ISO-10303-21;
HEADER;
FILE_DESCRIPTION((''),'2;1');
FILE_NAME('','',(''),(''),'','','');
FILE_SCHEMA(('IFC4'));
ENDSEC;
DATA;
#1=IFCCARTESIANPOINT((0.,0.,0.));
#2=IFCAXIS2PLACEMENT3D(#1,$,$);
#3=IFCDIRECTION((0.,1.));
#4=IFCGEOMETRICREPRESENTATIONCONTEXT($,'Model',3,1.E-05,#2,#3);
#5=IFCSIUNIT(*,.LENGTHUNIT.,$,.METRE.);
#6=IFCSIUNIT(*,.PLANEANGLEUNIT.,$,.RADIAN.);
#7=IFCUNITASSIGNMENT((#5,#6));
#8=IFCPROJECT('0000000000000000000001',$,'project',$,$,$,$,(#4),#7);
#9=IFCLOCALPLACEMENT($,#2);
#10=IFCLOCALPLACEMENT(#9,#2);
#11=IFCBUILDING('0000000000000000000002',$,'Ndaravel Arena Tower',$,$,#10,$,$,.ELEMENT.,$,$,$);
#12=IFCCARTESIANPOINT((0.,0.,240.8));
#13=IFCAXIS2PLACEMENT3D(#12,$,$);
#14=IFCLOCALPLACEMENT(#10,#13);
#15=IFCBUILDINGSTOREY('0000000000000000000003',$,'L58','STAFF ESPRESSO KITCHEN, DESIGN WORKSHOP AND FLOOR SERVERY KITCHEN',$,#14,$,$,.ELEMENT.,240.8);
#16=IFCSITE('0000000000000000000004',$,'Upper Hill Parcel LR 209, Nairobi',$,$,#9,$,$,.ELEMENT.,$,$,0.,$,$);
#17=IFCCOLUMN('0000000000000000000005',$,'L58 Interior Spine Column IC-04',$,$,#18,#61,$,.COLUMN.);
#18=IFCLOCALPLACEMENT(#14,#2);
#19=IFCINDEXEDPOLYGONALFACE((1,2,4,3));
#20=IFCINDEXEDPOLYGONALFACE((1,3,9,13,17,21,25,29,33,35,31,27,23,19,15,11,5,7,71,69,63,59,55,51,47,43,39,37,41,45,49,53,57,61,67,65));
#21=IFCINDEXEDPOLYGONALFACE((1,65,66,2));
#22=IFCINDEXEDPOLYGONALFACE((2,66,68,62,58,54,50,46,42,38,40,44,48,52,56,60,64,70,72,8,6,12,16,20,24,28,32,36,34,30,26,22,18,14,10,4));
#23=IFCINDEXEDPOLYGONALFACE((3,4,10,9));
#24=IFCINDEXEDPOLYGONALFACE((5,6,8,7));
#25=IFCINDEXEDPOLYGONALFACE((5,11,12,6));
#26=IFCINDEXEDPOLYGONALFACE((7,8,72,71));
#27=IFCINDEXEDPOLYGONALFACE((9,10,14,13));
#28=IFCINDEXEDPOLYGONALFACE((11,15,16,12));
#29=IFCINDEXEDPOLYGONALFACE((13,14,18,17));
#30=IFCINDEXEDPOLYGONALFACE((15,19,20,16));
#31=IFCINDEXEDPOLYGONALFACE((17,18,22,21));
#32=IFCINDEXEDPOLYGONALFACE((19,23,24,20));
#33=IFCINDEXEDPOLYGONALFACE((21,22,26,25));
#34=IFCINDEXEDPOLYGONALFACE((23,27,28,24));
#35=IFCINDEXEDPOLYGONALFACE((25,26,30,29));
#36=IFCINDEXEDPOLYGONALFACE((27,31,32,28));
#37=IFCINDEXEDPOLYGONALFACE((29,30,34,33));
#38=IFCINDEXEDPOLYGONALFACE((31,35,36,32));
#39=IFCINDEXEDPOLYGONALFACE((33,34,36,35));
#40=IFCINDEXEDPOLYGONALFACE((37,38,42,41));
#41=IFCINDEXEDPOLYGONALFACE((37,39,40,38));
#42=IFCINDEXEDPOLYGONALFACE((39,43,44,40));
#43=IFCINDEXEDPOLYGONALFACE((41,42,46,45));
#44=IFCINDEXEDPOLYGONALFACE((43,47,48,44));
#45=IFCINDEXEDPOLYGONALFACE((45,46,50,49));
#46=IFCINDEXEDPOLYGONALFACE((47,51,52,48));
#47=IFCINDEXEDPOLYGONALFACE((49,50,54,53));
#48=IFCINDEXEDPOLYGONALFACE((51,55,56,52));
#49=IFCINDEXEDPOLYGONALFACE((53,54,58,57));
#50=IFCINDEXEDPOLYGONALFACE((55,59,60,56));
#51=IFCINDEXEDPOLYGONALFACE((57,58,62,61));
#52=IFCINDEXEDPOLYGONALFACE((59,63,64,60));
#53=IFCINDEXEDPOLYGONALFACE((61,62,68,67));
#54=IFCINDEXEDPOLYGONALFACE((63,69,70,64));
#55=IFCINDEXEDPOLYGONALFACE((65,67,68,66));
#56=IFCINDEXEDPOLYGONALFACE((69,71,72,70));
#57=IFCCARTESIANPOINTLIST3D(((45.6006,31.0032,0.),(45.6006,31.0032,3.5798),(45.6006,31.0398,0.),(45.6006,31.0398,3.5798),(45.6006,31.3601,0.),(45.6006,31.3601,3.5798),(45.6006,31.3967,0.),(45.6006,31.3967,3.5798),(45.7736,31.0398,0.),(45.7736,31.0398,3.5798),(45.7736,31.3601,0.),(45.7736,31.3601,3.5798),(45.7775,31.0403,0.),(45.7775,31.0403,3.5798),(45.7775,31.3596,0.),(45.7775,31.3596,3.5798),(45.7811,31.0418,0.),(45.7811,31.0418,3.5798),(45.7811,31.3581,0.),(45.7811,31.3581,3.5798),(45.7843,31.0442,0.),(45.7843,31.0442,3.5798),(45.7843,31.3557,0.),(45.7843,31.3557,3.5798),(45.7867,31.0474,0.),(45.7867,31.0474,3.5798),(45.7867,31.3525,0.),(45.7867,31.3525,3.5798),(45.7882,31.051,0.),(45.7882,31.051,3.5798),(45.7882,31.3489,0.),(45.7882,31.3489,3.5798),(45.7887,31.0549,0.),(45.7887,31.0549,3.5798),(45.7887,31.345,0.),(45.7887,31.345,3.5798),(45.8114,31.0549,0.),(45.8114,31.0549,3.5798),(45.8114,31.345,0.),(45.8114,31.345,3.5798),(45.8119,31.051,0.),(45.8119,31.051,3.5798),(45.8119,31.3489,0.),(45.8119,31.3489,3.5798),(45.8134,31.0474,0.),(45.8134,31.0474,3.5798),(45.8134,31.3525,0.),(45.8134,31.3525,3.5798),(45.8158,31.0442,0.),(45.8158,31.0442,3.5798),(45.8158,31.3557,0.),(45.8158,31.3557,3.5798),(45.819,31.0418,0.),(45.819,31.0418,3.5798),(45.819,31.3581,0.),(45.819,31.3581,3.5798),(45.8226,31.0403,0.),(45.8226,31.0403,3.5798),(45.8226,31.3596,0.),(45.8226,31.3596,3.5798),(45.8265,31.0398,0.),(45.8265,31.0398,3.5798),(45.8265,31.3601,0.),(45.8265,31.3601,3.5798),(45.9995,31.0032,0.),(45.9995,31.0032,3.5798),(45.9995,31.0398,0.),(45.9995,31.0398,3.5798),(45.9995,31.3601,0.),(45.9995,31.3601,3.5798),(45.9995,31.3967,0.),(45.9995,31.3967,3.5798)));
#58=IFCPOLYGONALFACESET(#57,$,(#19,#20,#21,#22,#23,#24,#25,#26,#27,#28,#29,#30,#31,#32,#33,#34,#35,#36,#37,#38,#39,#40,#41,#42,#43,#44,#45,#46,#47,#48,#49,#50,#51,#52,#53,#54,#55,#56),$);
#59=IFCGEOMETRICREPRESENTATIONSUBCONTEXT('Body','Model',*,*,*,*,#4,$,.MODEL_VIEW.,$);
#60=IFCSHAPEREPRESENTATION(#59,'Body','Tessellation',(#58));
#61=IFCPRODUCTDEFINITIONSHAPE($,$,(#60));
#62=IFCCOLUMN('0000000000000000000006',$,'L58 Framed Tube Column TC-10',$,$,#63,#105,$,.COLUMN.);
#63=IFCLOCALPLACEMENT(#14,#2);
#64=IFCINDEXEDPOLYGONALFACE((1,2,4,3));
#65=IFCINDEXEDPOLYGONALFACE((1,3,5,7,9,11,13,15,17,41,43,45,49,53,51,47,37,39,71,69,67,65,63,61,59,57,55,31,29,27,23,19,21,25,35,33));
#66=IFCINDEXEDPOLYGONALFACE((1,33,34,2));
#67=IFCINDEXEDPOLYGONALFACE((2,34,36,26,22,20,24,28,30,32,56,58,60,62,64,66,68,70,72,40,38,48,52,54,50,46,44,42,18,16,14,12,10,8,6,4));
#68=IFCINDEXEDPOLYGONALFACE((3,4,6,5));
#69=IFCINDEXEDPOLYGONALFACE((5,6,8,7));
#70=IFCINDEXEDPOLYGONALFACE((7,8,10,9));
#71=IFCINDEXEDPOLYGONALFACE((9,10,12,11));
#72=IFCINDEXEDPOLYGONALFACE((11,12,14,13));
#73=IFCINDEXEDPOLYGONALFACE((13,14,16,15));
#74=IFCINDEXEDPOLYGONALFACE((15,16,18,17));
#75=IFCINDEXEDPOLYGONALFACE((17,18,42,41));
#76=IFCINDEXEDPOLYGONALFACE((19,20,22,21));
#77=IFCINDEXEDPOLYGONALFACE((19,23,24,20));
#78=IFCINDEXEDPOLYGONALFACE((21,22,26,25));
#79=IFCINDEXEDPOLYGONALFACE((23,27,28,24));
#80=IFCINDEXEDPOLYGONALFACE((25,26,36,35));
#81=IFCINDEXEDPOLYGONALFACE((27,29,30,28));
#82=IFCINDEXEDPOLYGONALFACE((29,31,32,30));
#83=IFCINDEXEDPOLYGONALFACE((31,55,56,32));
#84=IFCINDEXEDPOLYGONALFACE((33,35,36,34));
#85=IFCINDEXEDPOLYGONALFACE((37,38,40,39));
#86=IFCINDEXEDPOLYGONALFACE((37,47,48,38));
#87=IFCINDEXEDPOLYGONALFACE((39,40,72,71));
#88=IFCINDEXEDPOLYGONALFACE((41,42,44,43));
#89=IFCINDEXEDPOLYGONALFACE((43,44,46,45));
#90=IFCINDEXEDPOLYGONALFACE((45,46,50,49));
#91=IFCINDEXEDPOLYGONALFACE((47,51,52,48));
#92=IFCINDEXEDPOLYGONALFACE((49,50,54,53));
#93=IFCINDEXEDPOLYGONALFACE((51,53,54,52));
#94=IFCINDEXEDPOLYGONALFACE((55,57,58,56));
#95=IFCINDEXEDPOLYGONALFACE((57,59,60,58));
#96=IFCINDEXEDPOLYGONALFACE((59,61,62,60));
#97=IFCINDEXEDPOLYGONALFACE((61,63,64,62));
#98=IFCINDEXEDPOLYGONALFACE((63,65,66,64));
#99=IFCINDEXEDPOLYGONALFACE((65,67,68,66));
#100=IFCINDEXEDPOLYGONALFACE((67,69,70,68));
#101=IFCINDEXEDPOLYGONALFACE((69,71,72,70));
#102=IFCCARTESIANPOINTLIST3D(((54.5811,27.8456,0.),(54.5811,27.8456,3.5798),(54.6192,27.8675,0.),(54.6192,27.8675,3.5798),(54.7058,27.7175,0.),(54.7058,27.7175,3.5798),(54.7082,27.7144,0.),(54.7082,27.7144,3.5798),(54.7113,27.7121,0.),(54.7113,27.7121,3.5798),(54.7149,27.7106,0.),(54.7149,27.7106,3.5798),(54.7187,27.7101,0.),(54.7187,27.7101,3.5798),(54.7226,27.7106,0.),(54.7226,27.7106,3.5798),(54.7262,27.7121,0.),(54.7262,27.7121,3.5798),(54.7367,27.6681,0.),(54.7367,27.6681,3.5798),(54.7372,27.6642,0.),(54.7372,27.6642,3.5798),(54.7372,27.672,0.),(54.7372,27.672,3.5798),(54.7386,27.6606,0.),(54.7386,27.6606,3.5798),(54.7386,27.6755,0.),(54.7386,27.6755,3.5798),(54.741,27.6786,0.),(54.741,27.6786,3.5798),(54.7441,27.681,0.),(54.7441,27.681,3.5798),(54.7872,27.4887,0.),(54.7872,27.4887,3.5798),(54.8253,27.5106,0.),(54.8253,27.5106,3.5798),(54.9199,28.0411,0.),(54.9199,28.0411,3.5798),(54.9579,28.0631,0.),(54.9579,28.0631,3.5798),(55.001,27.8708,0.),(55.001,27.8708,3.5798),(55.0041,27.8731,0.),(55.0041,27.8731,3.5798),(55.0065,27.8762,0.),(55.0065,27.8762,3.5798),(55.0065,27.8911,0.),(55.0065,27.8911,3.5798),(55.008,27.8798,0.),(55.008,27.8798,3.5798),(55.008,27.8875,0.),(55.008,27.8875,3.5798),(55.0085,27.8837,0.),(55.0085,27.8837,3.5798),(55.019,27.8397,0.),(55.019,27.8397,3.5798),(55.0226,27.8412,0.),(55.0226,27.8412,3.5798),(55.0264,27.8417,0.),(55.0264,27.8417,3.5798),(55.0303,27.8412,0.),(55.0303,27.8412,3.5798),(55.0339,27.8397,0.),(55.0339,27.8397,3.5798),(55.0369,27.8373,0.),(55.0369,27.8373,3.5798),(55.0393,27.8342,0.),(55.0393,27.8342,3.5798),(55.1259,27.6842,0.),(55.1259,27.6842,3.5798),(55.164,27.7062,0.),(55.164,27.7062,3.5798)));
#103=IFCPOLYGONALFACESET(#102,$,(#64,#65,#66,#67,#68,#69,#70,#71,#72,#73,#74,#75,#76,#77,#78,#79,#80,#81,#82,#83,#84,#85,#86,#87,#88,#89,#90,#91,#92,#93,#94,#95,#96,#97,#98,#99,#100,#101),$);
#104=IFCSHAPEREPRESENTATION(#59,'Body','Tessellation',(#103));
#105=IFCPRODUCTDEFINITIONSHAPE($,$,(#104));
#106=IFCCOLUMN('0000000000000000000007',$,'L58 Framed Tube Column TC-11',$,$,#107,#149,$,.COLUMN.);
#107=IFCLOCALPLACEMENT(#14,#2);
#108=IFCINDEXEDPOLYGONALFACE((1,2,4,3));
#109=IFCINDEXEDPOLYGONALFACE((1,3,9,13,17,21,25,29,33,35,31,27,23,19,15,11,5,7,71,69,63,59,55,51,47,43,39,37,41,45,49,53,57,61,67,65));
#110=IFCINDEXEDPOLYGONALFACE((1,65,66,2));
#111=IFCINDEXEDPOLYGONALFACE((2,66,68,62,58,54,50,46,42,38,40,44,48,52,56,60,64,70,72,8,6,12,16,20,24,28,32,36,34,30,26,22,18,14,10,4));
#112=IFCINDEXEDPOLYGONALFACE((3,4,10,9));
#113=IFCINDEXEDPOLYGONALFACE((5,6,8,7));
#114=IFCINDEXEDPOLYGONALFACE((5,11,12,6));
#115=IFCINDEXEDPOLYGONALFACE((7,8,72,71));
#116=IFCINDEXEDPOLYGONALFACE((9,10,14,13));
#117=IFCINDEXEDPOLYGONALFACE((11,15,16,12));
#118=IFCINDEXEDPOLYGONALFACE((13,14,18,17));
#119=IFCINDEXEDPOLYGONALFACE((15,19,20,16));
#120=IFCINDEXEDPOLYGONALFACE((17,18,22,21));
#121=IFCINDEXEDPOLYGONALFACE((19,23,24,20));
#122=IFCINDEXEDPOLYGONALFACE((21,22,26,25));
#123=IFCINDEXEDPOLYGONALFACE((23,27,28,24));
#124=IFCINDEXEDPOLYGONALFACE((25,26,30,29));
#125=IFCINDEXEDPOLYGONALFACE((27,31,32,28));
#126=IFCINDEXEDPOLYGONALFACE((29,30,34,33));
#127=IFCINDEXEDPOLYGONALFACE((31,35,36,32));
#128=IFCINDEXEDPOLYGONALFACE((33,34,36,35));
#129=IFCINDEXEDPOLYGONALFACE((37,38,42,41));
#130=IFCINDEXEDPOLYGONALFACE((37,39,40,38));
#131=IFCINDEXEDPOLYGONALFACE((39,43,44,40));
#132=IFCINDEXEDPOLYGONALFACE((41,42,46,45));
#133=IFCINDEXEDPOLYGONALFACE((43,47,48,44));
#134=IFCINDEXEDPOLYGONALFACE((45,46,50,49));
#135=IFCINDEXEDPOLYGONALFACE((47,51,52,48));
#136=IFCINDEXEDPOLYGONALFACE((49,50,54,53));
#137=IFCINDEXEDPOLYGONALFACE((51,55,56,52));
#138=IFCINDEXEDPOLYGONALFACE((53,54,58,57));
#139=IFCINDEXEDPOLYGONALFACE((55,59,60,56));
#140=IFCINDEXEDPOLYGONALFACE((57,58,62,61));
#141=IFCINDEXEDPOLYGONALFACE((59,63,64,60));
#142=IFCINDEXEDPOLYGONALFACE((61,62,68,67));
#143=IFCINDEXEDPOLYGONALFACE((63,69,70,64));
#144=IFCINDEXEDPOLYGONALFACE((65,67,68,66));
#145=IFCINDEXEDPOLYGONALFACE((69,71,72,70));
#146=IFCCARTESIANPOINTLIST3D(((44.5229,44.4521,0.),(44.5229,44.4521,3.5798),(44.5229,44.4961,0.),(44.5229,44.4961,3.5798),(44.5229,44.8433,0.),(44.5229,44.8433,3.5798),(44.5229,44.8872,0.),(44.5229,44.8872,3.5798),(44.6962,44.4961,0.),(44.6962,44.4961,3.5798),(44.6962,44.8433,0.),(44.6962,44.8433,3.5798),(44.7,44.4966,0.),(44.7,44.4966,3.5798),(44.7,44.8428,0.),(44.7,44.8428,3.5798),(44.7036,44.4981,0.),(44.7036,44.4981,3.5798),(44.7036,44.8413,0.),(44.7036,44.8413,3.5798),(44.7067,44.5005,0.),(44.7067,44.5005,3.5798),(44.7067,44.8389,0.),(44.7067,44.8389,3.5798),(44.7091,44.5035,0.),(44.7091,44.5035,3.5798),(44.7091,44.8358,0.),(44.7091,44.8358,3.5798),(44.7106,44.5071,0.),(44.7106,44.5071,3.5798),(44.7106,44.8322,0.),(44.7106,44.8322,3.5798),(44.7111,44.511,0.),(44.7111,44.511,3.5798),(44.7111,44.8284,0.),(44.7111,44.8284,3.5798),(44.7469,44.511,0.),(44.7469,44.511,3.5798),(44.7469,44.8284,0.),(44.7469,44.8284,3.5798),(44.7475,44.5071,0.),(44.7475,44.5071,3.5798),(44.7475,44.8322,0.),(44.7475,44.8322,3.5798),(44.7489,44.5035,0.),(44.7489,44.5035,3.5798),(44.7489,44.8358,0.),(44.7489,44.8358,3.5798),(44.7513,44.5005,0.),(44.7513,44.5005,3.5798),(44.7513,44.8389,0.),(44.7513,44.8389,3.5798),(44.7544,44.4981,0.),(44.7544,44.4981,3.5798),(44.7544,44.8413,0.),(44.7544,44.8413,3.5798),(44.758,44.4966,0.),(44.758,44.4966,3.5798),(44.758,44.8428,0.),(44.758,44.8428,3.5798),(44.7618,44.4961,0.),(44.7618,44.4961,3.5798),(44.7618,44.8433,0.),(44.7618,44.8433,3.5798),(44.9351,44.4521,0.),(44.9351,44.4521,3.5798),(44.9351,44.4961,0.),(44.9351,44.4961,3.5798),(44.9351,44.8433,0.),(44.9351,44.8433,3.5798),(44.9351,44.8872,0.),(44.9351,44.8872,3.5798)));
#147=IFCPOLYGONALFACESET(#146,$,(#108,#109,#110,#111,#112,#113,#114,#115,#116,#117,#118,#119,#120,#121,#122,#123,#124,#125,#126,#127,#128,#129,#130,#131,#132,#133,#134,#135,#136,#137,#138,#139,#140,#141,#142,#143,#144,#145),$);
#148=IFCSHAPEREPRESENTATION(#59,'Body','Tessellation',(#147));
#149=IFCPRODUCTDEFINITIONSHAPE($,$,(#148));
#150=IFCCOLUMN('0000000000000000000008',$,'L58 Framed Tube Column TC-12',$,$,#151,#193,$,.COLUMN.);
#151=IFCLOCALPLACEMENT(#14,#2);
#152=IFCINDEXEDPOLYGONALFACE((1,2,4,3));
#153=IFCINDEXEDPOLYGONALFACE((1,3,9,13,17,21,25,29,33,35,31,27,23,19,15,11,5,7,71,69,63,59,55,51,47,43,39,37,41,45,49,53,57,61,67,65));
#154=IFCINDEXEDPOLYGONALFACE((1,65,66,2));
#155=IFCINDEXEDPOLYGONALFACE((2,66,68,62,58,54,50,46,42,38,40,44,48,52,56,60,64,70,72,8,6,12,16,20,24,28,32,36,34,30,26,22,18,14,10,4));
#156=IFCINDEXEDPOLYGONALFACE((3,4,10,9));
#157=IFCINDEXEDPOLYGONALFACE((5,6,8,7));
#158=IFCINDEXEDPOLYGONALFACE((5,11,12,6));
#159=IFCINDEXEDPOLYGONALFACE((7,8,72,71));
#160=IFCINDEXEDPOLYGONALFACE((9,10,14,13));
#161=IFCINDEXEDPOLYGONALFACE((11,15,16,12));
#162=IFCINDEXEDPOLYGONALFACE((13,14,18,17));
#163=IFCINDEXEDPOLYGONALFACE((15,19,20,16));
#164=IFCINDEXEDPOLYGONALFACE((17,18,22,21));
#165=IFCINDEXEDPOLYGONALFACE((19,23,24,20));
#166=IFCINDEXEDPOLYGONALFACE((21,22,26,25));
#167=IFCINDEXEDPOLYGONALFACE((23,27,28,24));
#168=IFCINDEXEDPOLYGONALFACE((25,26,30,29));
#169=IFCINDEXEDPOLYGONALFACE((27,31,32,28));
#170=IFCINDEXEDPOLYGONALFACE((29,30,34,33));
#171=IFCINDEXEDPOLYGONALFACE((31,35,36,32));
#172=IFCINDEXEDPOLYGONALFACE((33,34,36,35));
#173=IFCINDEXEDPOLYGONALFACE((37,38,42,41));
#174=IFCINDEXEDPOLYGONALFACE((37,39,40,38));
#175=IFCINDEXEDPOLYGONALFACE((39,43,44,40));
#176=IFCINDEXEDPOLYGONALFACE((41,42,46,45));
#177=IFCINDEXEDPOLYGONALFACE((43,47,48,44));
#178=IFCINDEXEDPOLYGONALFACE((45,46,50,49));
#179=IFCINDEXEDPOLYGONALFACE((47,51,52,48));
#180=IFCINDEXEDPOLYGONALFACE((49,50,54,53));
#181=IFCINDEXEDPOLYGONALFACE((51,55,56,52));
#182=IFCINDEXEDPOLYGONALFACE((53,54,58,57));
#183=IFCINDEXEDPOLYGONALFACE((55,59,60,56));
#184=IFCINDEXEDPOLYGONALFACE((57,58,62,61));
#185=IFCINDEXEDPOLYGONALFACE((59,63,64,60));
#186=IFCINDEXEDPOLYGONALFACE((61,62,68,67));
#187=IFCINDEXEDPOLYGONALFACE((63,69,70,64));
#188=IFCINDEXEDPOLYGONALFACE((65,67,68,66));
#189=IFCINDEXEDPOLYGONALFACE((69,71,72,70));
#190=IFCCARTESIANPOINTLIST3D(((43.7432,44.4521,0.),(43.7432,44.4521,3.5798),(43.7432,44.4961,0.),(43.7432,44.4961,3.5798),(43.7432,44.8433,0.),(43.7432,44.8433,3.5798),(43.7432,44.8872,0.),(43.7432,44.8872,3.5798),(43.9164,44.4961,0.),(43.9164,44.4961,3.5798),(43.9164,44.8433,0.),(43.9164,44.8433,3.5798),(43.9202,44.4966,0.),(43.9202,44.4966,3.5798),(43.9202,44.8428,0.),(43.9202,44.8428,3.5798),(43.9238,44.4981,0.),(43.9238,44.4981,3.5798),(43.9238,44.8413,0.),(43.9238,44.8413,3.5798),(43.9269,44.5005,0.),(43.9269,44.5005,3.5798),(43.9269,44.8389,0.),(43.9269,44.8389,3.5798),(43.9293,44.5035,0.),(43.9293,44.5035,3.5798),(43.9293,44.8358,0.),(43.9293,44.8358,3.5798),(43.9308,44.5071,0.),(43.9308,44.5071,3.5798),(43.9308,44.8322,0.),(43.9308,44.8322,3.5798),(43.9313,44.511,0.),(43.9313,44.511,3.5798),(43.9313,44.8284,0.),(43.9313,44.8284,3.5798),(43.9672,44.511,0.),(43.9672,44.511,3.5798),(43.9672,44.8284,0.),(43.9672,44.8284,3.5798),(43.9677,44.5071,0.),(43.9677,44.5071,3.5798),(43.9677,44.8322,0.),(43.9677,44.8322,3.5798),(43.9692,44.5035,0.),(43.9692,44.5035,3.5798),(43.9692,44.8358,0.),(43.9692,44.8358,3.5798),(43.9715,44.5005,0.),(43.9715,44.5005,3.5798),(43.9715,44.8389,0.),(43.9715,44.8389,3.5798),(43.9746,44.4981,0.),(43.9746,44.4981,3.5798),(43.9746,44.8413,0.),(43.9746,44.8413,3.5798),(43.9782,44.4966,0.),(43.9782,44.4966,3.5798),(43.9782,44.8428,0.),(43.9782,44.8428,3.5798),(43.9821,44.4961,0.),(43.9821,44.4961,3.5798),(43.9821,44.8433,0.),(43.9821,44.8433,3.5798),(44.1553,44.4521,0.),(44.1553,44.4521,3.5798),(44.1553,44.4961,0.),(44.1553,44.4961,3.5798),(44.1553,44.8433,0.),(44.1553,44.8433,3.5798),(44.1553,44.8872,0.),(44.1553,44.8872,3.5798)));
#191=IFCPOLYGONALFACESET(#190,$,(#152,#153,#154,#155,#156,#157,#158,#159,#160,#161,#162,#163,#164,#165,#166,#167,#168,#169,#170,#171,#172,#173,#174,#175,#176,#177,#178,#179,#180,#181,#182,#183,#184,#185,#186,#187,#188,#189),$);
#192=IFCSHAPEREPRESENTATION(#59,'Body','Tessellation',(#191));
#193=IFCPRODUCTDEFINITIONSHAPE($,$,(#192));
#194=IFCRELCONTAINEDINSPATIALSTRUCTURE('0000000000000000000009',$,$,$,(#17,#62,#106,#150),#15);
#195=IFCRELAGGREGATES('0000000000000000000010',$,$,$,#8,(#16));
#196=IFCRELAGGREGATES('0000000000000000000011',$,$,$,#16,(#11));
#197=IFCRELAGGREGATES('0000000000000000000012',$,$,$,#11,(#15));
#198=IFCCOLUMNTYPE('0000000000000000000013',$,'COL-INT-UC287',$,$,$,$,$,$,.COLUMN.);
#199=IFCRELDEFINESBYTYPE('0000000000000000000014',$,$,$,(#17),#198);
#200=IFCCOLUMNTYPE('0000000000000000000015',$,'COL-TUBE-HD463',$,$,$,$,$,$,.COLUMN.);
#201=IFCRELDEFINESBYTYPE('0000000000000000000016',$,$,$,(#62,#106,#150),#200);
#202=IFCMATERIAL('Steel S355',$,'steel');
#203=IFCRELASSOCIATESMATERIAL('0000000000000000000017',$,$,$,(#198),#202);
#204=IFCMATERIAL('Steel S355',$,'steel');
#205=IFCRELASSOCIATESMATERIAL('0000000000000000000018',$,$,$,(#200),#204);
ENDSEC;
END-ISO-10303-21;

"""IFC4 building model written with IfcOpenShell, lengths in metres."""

from ifc_helpers import new_model, si_unit, direction, frame, origin, origin_2d, place, context, subcontext, project, spatial, i_section, extrude, material, material_profile, profile_set, type_object, element, save


model = new_model("IFC4")

# Units and contexts
model_context = context("Model", 3, precision=1e-05, world=origin(), true_north=direction((0.0, 1.0)))
body_context = subcontext(model_context, "Body", "Model", "MODEL_VIEW")
ifc_project = project(units=[si_unit("LENGTHUNIT", "METRE"), si_unit("PLANEANGLEUNIT", "RADIAN")], contexts=[model_context])

# Site, building, storey
site_placement = place(None, origin())
site = spatial("IfcSite", under=ifc_project, at=site_placement, Name="Upper Hill Parcel LR 209, Nairobi", CompositionType="ELEMENT", RefElevation=0.0)
building_placement = place(site_placement, origin())
building = spatial("IfcBuilding", under=site, at=building_placement, Name="Ndaravel Arena Tower", CompositionType="ELEMENT")
storey_placement = place(building_placement, frame((0.0, 0.0, 240.8)))
storey = spatial("IfcBuildingStorey", under=building, at=storey_placement, Name="L58", Description="STAFF ESPRESSO KITCHEN, DESIGN WORKSHOP AND FLOOR SERVERY KITCHEN", CompositionType="ELEMENT", Elevation=240.8)

# Columns
ifc_material_1 = material(Name="Steel S355", Category="steel")
ifc_material_profile_1 = material_profile(ifc_material_1, i_section(OverallWidth=0.3989, OverallDepth=0.3936, WebThickness=0.0227, FlangeThickness=0.0366, FilletRadius=0.0151, at=origin_2d()), Name="UC 356x406x287")
ifc_profile_set_1 = profile_set([ifc_material_profile_1], Name="Steel S355")
column_type_1 = type_object("IfcColumnType", Name="COL-INT-UC287", PredefinedType="COLUMN", material=ifc_profile_set_1)
column_placement = place(storey_placement, frame((45.8, 31.2, 0.0), z_axis=(0.0, 0.0, 1.0), x_axis=(1.0, 0.0, 0.0)))
element("IfcColumn", 1, at=column_placement, inside=storey, type_object=column_type_1, Name="L58 Interior Spine Column IC-04", PredefinedType="COLUMN", context=body_context, shape_type="SweptSolid", body=[
    extrude(i_section(OverallWidth=0.3989, OverallDepth=0.3936, WebThickness=0.0227, FlangeThickness=0.0366, FilletRadius=0.0151, at=origin_2d()), origin(), (0.0, 0.0, 1.0), 3.5798),
])
ifc_material_2 = material(Name="Steel S355", Category="steel")
ifc_material_profile_2 = material_profile(ifc_material_2, i_section(OverallWidth=0.4121, OverallDepth=0.4351, WebThickness=0.0359, FlangeThickness=0.0439, FilletRadius=0.0149, at=origin_2d()), Name="HD 400x463")
ifc_profile_set_2 = profile_set([ifc_material_profile_2], Name="Steel S355")
column_type_2 = type_object("IfcColumnType", Name="COL-TUBE-HD463", PredefinedType="COLUMN", material=ifc_profile_set_2)
for number, where, z_axis, x_axis, name in (
    (2, (54.8726, 27.7759, 0.0), (0.0, 0.0, 1.0), (-0.5, 0.866025, 0.0), "L58 Framed Tube Column TC-10"),
    (3, (44.729, 44.6697, 0.0), (0.0, 0.0, 1.0), (1.0, 0.0, 0.0), "L58 Framed Tube Column TC-11"),
    (4, (43.9492, 44.6697, 0.0), (0.0, 0.0, 1.0), (1.0, 0.0, 0.0), "L58 Framed Tube Column TC-12"),
):
    element("IfcColumn", number, at=place(storey_placement, frame(where, z_axis=z_axis, x_axis=x_axis)), inside=storey, type_object=column_type_2, Name=name, PredefinedType="COLUMN", context=body_context, shape_type="SweptSolid", body=[
        extrude(i_section(OverallWidth=0.4121, OverallDepth=0.4351, WebThickness=0.0359, FlangeThickness=0.0439, FilletRadius=0.0149, at=origin_2d()), origin(), (0.0, 0.0, 1.0), 3.5798),
    ])

save(model, "model.ifc")
